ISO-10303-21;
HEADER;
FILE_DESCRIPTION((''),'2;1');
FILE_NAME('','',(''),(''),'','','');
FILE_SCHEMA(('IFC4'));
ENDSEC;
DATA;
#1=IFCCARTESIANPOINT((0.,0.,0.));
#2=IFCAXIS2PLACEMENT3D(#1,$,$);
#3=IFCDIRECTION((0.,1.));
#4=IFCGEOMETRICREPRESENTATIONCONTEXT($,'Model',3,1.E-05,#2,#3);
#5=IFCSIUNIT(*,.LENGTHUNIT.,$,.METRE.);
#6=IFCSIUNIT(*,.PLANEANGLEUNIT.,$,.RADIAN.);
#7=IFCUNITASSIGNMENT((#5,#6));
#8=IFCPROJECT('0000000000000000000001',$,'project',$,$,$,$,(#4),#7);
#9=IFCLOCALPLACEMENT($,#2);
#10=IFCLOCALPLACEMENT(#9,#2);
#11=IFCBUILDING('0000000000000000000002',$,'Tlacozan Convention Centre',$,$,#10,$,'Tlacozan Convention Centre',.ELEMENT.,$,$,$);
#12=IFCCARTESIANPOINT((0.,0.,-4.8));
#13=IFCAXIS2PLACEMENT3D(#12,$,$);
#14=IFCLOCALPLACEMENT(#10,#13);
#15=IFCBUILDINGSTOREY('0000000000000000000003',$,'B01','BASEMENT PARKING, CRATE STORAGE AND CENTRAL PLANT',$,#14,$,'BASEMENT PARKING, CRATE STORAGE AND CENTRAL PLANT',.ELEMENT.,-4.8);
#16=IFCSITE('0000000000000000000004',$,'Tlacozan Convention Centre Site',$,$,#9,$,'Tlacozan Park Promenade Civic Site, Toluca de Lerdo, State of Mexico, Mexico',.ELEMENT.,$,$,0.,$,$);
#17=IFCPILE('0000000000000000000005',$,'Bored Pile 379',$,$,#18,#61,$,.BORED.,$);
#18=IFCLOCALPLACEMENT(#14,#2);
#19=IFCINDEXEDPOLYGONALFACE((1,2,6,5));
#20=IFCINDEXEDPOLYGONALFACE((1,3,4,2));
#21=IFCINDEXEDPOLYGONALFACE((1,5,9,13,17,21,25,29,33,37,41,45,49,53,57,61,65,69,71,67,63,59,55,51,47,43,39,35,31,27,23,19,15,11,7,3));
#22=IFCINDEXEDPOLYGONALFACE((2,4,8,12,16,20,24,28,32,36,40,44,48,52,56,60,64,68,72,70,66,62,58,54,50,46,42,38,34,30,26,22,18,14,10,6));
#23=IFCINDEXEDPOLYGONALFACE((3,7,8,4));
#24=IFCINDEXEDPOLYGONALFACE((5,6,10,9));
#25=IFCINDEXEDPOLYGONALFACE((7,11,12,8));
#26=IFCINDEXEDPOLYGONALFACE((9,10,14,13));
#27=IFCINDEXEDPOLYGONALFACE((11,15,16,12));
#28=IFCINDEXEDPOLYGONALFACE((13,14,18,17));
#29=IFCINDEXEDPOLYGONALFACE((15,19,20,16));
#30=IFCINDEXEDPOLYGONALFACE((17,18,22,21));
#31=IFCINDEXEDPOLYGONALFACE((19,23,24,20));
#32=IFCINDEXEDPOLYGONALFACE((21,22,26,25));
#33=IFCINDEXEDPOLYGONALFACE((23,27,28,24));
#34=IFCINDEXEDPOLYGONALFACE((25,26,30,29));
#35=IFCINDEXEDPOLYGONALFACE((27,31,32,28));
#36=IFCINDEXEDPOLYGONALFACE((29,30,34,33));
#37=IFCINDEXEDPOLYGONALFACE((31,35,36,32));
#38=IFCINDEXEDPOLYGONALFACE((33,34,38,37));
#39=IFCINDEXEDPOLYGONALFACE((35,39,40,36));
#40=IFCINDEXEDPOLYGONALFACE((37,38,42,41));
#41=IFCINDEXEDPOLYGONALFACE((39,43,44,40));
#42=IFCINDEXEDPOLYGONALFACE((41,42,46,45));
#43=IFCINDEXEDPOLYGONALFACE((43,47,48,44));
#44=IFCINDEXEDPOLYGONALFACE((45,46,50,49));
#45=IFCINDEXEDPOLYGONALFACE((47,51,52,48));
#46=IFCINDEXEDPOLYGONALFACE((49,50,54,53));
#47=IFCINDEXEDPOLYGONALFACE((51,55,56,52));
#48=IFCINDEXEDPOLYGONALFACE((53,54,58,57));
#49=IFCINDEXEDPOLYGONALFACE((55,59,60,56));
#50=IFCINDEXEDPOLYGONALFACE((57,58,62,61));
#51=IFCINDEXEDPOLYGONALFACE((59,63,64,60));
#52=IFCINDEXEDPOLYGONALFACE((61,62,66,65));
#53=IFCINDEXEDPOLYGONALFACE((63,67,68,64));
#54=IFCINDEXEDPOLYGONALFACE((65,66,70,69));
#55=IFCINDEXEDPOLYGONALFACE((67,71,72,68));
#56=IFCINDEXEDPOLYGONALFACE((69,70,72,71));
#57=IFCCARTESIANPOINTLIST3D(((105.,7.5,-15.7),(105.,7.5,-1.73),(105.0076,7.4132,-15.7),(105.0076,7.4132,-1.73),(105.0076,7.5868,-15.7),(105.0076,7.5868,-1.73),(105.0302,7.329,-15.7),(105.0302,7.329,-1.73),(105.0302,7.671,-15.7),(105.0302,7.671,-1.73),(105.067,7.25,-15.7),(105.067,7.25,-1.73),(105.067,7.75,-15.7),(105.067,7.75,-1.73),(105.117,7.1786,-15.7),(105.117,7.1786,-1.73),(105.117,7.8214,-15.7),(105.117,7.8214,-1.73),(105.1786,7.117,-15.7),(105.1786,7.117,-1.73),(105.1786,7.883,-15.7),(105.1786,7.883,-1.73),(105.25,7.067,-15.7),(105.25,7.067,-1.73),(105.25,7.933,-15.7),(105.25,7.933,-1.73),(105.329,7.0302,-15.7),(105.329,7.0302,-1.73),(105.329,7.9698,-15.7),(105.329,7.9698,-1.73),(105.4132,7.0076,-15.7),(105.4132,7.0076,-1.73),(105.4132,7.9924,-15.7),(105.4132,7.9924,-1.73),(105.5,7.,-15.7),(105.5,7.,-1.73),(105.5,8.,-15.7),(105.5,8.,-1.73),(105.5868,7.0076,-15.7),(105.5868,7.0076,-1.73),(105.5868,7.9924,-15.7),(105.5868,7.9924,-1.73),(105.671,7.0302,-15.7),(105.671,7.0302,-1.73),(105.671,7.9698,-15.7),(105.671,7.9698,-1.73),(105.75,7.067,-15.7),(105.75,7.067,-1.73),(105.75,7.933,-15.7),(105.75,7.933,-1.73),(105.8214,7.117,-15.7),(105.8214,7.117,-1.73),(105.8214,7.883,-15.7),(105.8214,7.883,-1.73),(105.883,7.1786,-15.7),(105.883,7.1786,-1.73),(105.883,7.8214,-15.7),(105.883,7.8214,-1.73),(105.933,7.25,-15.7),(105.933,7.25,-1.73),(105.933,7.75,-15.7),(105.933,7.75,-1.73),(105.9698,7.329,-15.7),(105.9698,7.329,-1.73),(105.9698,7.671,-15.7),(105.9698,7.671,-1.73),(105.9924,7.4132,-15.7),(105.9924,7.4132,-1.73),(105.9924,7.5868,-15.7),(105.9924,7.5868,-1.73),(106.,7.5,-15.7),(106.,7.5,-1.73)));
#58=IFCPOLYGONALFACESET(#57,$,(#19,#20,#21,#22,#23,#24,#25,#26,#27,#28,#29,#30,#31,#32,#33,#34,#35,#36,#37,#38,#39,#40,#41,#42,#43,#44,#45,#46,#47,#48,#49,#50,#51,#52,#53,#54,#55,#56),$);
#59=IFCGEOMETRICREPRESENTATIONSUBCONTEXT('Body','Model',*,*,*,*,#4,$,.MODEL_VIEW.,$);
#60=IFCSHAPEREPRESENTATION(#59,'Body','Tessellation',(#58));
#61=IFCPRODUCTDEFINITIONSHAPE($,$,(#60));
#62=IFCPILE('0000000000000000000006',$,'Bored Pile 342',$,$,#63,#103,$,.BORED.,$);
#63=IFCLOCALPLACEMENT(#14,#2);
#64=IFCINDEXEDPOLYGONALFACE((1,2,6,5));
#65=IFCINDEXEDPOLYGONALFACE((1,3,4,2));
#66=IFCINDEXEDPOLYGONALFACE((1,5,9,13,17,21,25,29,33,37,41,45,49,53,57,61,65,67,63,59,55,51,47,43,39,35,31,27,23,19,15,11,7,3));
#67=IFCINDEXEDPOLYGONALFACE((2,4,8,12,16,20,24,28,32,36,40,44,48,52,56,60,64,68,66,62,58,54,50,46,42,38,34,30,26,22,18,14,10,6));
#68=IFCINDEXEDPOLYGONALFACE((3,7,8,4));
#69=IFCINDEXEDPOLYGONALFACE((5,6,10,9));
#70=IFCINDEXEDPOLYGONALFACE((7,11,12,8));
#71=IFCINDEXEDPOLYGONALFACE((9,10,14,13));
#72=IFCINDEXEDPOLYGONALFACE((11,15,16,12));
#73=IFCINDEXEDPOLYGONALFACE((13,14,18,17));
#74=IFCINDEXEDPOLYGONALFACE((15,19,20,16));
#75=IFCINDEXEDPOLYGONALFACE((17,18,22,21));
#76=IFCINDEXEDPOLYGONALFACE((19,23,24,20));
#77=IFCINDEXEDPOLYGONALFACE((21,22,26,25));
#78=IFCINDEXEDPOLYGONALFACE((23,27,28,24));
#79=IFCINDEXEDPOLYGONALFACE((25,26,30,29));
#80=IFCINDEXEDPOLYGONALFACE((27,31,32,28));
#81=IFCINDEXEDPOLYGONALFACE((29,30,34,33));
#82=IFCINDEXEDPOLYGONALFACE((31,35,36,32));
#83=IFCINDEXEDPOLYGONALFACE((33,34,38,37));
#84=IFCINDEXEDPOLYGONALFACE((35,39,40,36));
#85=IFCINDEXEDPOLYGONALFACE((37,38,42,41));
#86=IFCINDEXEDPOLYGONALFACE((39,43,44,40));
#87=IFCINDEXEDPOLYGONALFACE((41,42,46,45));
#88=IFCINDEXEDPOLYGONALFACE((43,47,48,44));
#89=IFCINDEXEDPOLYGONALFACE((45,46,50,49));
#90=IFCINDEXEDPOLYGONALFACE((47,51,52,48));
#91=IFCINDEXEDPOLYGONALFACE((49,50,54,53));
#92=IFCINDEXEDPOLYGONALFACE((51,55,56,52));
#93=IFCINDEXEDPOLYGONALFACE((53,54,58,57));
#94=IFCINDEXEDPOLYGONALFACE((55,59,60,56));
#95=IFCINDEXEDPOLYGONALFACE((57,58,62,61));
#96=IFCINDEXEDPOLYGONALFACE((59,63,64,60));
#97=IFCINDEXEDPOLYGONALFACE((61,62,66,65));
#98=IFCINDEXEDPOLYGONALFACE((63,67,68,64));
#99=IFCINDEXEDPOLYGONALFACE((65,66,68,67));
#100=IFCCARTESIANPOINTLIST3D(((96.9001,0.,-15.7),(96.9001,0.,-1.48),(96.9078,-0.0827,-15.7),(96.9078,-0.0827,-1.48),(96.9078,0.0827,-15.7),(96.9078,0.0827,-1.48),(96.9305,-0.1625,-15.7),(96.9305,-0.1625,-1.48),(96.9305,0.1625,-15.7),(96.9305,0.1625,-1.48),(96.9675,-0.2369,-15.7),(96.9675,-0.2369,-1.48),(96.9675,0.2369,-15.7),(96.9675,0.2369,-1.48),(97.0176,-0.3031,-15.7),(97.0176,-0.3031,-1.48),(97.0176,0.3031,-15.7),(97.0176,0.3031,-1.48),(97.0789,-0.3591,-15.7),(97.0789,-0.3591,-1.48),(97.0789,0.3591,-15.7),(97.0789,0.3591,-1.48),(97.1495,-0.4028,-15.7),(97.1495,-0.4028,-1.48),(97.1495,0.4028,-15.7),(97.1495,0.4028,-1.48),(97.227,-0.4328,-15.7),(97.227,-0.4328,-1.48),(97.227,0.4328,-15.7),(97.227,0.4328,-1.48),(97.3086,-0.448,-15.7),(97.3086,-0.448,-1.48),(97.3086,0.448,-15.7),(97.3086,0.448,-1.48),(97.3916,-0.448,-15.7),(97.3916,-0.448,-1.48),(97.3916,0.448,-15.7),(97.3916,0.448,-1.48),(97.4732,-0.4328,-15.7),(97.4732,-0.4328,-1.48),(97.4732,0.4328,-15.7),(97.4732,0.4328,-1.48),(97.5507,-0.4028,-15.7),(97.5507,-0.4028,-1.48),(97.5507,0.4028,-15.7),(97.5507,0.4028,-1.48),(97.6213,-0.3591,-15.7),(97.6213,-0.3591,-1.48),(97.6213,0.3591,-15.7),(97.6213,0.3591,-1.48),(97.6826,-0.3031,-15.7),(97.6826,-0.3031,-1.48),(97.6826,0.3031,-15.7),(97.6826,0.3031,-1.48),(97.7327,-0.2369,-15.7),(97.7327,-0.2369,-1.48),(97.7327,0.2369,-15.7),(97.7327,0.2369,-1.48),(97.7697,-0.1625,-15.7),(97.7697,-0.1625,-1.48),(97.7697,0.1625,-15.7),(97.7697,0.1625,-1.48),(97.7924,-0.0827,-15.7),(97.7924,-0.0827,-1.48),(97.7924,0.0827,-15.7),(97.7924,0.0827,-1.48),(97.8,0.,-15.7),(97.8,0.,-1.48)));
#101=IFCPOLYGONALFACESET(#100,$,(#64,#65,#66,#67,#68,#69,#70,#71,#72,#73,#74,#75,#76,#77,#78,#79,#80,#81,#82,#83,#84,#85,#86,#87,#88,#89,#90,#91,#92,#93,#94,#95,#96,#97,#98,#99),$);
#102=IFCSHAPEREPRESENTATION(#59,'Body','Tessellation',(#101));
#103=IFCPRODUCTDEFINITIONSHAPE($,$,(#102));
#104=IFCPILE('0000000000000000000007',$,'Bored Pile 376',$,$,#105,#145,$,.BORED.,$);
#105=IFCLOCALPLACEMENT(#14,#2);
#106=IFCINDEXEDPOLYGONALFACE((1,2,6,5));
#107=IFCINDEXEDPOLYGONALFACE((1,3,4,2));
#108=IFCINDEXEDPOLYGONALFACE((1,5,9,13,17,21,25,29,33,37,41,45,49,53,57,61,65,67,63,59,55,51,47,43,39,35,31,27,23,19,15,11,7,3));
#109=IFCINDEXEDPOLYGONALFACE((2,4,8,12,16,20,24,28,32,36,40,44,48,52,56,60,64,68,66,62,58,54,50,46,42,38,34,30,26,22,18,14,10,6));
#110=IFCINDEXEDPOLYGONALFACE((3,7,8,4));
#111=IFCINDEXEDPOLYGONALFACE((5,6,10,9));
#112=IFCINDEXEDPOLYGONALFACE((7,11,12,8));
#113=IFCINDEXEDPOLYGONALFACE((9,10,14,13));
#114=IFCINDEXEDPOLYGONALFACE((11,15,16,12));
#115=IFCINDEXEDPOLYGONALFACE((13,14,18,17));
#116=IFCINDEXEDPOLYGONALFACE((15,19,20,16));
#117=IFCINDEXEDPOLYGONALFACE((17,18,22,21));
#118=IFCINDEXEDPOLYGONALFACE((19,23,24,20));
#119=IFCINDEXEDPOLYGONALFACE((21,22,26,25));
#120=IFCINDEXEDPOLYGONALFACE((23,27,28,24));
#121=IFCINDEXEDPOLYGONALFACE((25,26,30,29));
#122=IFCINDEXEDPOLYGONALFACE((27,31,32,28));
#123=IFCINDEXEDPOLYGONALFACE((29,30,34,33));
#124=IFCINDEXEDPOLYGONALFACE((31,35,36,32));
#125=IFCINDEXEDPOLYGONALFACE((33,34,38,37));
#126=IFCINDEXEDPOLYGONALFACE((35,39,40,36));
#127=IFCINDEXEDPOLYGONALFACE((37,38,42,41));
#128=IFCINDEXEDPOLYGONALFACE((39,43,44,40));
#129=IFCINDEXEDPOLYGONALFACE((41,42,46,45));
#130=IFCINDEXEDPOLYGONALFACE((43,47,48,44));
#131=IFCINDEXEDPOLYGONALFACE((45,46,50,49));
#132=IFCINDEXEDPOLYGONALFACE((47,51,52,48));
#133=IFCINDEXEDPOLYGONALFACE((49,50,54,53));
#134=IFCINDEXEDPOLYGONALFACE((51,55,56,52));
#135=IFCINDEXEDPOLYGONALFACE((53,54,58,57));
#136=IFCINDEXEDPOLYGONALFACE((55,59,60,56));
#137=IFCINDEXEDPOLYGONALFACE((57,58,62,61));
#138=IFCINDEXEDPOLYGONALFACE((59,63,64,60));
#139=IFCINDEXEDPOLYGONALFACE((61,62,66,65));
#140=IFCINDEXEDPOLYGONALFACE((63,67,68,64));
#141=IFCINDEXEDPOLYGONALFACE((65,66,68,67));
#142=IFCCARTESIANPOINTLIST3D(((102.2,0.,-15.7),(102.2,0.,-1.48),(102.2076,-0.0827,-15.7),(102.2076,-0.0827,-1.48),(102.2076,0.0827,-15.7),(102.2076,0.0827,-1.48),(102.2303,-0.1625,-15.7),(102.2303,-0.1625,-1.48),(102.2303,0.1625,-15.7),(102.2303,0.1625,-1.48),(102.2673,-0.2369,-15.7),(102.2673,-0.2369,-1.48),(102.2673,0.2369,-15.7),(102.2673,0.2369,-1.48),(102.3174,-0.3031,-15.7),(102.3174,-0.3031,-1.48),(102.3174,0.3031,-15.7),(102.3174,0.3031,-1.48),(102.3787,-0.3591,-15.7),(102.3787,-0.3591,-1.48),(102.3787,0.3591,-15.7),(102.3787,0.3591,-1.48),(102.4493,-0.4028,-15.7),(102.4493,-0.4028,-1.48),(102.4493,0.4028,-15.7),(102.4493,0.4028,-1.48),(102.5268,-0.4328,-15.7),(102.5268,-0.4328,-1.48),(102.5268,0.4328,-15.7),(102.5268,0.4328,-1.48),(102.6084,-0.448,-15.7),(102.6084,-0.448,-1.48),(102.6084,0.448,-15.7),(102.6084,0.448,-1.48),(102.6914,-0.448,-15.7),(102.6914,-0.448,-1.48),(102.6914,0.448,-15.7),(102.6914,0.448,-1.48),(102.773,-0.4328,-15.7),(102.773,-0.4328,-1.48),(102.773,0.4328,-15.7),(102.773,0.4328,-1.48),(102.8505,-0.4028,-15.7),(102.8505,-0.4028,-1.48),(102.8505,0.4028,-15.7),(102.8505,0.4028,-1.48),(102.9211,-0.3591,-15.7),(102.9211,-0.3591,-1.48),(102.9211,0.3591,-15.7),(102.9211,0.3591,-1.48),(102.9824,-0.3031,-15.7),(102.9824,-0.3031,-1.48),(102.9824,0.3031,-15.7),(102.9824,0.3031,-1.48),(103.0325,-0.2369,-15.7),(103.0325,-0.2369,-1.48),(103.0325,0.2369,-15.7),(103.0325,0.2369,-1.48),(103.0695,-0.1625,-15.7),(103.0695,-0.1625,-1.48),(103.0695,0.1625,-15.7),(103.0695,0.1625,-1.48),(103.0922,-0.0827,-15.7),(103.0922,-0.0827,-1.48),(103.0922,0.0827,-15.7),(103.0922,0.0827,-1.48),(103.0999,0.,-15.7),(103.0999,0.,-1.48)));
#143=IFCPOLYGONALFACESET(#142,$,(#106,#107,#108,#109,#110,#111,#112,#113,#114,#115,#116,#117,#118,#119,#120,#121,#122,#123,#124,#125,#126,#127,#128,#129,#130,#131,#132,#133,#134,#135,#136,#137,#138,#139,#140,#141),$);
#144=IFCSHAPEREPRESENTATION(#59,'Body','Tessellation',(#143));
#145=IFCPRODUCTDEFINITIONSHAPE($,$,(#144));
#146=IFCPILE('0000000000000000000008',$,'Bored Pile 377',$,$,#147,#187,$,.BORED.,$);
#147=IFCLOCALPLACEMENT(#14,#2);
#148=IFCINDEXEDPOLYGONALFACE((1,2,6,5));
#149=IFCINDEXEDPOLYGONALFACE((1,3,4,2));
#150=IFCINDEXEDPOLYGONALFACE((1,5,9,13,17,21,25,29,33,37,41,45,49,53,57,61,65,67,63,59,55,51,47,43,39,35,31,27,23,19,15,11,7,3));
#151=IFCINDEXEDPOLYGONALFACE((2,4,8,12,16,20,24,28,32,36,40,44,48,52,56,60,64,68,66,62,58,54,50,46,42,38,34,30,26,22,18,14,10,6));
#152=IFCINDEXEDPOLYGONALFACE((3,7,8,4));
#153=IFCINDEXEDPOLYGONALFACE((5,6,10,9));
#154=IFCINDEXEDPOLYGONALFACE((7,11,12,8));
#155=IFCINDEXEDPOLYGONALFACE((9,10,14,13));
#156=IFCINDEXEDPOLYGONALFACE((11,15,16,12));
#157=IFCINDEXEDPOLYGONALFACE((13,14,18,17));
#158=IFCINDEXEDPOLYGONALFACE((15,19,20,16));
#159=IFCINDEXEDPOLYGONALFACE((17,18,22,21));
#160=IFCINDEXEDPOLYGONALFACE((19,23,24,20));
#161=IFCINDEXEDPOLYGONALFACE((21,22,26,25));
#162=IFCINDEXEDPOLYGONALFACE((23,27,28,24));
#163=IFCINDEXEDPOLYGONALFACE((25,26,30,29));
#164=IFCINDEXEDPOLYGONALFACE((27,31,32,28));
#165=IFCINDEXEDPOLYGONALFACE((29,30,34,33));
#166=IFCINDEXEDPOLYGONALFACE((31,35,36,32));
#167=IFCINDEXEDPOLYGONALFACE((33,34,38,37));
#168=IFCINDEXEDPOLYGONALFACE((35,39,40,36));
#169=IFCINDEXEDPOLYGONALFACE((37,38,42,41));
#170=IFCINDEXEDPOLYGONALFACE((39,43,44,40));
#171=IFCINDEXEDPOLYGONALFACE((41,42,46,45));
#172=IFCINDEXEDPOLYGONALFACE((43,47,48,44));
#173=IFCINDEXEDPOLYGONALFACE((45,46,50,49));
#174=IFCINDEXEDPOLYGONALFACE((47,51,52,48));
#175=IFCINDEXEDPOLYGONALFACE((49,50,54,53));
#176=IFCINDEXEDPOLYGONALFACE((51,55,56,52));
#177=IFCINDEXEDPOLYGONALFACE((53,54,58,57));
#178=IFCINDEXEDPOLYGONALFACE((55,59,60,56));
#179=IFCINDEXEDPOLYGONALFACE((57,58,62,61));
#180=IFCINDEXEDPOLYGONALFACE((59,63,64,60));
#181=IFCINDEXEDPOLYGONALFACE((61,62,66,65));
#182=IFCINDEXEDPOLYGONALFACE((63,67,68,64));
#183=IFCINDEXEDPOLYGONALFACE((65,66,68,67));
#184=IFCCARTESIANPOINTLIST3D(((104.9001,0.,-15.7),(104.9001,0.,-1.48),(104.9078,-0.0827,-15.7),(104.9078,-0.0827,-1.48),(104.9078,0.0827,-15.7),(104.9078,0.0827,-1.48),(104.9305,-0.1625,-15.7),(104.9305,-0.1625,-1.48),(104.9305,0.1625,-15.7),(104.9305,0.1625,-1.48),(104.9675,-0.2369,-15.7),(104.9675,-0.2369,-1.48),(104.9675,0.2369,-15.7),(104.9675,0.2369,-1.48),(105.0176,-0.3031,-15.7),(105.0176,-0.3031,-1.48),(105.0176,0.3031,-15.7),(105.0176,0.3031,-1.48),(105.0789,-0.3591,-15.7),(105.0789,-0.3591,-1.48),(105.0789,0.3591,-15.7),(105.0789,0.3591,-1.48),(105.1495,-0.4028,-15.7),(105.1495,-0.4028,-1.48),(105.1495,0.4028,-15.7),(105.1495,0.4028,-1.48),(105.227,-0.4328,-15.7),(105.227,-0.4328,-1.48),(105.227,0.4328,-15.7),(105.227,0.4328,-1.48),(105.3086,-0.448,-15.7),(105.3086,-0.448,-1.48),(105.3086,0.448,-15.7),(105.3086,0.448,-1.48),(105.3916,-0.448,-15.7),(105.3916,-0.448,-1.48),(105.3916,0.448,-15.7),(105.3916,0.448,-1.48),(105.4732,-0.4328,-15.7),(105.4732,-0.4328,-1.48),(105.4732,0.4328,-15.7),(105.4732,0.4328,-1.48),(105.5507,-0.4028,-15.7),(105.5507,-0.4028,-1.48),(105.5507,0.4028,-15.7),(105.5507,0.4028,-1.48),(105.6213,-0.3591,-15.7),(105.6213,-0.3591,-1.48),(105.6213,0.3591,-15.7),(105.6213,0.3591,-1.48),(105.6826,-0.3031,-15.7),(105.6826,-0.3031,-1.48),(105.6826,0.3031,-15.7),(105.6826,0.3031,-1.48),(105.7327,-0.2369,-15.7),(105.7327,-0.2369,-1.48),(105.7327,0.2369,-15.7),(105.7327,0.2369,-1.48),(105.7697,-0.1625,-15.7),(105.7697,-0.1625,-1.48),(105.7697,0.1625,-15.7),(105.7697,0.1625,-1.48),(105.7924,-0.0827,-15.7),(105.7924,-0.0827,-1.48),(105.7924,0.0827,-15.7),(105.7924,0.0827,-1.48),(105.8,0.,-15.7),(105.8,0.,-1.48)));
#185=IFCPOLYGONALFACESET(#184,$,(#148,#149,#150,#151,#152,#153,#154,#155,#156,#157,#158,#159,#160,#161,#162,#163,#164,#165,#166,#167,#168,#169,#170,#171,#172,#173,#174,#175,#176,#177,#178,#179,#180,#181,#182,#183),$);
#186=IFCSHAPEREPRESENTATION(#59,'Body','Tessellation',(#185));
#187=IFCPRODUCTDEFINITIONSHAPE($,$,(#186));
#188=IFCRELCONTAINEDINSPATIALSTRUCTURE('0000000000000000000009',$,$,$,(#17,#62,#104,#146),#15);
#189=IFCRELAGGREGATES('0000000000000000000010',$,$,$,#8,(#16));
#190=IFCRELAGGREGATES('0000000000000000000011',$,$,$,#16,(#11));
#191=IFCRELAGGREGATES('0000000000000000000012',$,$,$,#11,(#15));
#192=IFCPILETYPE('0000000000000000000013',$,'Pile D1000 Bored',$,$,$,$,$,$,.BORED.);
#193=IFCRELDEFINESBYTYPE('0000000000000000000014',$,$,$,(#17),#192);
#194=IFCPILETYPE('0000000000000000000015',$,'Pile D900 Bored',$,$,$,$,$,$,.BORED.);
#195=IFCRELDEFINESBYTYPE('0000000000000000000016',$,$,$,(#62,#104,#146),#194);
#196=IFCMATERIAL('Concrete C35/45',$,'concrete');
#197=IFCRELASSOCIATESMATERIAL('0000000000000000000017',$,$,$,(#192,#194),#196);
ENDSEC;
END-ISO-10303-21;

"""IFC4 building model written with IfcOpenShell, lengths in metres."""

from ifc_helpers import new_model, si_unit, direction, frame, origin, origin_2d, place, context, subcontext, project, spatial, circle, extrude, material, material_profile, profile_set, type_object, element, save


model = new_model("IFC4")

# Units and contexts
model_context = context("Model", 3, precision=1e-05, world=origin(), true_north=direction((0.0, 1.0)))
body_context = subcontext(model_context, "Body", "Model", "MODEL_VIEW")
ifc_project = project(units=[si_unit("LENGTHUNIT", "METRE"), si_unit("PLANEANGLEUNIT", "RADIAN")], contexts=[model_context])

# Site, building, storey
site_placement = place(None, origin())
site = spatial("IfcSite", under=ifc_project, at=site_placement, Name="Tlacozan Convention Centre Site", LongName="Tlacozan Park Promenade Civic Site, Toluca de Lerdo, State of Mexico, Mexico", CompositionType="ELEMENT", RefElevation=0.0)
building_placement = place(site_placement, origin())
building = spatial("IfcBuilding", under=site, at=building_placement, Name="Tlacozan Convention Centre", LongName="Tlacozan Convention Centre", CompositionType="ELEMENT")
storey_placement = place(building_placement, frame((0.0, 0.0, -4.8)))
storey = spatial("IfcBuildingStorey", under=building, at=storey_placement, Name="B01", Description="BASEMENT PARKING, CRATE STORAGE AND CENTRAL PLANT", LongName="BASEMENT PARKING, CRATE STORAGE AND CENTRAL PLANT", CompositionType="ELEMENT", Elevation=-4.8)

# Shared definitions
ifc_material_1 = material(Name="Concrete C35/45", Category="concrete")

# Piles
ifc_material_profile_1 = material_profile(ifc_material_1, circle(Radius=0.5, at=origin_2d()), Name="PILE D1000")
ifc_profile_set_1 = profile_set([ifc_material_profile_1], Name="Concrete C35/45")
pile_type_1 = type_object("IfcPileType", Name="Pile D1000 Bored", PredefinedType="BORED", material=ifc_profile_set_1)
for number, where, z_axis, x_axis, name in (
    (1, (105.5, 7.5, -1.73), (0.0, 0.0, -1.0), (1.0, 0.0, 0.0), "Bored Pile 379"),
):
    element("IfcPile", number, at=place(storey_placement, frame(where, z_axis=z_axis, x_axis=x_axis)), inside=storey, type_object=pile_type_1, Name=name, PredefinedType="BORED", context=body_context, shape_type="SweptSolid", body=[
        extrude(circle(Radius=0.5, at=origin_2d()), origin(), (0.0, 0.0, 1.0), 13.97),
    ])
ifc_material_profile_2 = material_profile(ifc_material_1, circle(Radius=0.45, at=origin_2d()), Name="PILE D900")
ifc_profile_set_2 = profile_set([ifc_material_profile_2], Name="Concrete C35/45")
pile_type_2 = type_object("IfcPileType", Name="Pile D900 Bored", PredefinedType="BORED", material=ifc_profile_set_2)
for number, where, z_axis, x_axis, name in (
    (2, (97.3501, 0.0, -1.48), (0.0, 0.0, -1.0), (1.0, 0.0, 0.0), "Bored Pile 342"),
    (3, (102.6499, 0.0, -1.48), (0.0, 0.0, -1.0), (1.0, 0.0, 0.0), "Bored Pile 376"),
    (4, (105.3501, 0.0, -1.48), (0.0, 0.0, -1.0), (1.0, 0.0, 0.0), "Bored Pile 377"),
):
    element("IfcPile", number, at=place(storey_placement, frame(where, z_axis=z_axis, x_axis=x_axis)), inside=storey, type_object=pile_type_2, Name=name, PredefinedType="BORED", context=body_context, shape_type="SweptSolid", body=[
        extrude(circle(Radius=0.45, at=origin_2d()), origin(), (0.0, 0.0, 1.0), 14.22),
    ])

save(model, "model.ifc")
